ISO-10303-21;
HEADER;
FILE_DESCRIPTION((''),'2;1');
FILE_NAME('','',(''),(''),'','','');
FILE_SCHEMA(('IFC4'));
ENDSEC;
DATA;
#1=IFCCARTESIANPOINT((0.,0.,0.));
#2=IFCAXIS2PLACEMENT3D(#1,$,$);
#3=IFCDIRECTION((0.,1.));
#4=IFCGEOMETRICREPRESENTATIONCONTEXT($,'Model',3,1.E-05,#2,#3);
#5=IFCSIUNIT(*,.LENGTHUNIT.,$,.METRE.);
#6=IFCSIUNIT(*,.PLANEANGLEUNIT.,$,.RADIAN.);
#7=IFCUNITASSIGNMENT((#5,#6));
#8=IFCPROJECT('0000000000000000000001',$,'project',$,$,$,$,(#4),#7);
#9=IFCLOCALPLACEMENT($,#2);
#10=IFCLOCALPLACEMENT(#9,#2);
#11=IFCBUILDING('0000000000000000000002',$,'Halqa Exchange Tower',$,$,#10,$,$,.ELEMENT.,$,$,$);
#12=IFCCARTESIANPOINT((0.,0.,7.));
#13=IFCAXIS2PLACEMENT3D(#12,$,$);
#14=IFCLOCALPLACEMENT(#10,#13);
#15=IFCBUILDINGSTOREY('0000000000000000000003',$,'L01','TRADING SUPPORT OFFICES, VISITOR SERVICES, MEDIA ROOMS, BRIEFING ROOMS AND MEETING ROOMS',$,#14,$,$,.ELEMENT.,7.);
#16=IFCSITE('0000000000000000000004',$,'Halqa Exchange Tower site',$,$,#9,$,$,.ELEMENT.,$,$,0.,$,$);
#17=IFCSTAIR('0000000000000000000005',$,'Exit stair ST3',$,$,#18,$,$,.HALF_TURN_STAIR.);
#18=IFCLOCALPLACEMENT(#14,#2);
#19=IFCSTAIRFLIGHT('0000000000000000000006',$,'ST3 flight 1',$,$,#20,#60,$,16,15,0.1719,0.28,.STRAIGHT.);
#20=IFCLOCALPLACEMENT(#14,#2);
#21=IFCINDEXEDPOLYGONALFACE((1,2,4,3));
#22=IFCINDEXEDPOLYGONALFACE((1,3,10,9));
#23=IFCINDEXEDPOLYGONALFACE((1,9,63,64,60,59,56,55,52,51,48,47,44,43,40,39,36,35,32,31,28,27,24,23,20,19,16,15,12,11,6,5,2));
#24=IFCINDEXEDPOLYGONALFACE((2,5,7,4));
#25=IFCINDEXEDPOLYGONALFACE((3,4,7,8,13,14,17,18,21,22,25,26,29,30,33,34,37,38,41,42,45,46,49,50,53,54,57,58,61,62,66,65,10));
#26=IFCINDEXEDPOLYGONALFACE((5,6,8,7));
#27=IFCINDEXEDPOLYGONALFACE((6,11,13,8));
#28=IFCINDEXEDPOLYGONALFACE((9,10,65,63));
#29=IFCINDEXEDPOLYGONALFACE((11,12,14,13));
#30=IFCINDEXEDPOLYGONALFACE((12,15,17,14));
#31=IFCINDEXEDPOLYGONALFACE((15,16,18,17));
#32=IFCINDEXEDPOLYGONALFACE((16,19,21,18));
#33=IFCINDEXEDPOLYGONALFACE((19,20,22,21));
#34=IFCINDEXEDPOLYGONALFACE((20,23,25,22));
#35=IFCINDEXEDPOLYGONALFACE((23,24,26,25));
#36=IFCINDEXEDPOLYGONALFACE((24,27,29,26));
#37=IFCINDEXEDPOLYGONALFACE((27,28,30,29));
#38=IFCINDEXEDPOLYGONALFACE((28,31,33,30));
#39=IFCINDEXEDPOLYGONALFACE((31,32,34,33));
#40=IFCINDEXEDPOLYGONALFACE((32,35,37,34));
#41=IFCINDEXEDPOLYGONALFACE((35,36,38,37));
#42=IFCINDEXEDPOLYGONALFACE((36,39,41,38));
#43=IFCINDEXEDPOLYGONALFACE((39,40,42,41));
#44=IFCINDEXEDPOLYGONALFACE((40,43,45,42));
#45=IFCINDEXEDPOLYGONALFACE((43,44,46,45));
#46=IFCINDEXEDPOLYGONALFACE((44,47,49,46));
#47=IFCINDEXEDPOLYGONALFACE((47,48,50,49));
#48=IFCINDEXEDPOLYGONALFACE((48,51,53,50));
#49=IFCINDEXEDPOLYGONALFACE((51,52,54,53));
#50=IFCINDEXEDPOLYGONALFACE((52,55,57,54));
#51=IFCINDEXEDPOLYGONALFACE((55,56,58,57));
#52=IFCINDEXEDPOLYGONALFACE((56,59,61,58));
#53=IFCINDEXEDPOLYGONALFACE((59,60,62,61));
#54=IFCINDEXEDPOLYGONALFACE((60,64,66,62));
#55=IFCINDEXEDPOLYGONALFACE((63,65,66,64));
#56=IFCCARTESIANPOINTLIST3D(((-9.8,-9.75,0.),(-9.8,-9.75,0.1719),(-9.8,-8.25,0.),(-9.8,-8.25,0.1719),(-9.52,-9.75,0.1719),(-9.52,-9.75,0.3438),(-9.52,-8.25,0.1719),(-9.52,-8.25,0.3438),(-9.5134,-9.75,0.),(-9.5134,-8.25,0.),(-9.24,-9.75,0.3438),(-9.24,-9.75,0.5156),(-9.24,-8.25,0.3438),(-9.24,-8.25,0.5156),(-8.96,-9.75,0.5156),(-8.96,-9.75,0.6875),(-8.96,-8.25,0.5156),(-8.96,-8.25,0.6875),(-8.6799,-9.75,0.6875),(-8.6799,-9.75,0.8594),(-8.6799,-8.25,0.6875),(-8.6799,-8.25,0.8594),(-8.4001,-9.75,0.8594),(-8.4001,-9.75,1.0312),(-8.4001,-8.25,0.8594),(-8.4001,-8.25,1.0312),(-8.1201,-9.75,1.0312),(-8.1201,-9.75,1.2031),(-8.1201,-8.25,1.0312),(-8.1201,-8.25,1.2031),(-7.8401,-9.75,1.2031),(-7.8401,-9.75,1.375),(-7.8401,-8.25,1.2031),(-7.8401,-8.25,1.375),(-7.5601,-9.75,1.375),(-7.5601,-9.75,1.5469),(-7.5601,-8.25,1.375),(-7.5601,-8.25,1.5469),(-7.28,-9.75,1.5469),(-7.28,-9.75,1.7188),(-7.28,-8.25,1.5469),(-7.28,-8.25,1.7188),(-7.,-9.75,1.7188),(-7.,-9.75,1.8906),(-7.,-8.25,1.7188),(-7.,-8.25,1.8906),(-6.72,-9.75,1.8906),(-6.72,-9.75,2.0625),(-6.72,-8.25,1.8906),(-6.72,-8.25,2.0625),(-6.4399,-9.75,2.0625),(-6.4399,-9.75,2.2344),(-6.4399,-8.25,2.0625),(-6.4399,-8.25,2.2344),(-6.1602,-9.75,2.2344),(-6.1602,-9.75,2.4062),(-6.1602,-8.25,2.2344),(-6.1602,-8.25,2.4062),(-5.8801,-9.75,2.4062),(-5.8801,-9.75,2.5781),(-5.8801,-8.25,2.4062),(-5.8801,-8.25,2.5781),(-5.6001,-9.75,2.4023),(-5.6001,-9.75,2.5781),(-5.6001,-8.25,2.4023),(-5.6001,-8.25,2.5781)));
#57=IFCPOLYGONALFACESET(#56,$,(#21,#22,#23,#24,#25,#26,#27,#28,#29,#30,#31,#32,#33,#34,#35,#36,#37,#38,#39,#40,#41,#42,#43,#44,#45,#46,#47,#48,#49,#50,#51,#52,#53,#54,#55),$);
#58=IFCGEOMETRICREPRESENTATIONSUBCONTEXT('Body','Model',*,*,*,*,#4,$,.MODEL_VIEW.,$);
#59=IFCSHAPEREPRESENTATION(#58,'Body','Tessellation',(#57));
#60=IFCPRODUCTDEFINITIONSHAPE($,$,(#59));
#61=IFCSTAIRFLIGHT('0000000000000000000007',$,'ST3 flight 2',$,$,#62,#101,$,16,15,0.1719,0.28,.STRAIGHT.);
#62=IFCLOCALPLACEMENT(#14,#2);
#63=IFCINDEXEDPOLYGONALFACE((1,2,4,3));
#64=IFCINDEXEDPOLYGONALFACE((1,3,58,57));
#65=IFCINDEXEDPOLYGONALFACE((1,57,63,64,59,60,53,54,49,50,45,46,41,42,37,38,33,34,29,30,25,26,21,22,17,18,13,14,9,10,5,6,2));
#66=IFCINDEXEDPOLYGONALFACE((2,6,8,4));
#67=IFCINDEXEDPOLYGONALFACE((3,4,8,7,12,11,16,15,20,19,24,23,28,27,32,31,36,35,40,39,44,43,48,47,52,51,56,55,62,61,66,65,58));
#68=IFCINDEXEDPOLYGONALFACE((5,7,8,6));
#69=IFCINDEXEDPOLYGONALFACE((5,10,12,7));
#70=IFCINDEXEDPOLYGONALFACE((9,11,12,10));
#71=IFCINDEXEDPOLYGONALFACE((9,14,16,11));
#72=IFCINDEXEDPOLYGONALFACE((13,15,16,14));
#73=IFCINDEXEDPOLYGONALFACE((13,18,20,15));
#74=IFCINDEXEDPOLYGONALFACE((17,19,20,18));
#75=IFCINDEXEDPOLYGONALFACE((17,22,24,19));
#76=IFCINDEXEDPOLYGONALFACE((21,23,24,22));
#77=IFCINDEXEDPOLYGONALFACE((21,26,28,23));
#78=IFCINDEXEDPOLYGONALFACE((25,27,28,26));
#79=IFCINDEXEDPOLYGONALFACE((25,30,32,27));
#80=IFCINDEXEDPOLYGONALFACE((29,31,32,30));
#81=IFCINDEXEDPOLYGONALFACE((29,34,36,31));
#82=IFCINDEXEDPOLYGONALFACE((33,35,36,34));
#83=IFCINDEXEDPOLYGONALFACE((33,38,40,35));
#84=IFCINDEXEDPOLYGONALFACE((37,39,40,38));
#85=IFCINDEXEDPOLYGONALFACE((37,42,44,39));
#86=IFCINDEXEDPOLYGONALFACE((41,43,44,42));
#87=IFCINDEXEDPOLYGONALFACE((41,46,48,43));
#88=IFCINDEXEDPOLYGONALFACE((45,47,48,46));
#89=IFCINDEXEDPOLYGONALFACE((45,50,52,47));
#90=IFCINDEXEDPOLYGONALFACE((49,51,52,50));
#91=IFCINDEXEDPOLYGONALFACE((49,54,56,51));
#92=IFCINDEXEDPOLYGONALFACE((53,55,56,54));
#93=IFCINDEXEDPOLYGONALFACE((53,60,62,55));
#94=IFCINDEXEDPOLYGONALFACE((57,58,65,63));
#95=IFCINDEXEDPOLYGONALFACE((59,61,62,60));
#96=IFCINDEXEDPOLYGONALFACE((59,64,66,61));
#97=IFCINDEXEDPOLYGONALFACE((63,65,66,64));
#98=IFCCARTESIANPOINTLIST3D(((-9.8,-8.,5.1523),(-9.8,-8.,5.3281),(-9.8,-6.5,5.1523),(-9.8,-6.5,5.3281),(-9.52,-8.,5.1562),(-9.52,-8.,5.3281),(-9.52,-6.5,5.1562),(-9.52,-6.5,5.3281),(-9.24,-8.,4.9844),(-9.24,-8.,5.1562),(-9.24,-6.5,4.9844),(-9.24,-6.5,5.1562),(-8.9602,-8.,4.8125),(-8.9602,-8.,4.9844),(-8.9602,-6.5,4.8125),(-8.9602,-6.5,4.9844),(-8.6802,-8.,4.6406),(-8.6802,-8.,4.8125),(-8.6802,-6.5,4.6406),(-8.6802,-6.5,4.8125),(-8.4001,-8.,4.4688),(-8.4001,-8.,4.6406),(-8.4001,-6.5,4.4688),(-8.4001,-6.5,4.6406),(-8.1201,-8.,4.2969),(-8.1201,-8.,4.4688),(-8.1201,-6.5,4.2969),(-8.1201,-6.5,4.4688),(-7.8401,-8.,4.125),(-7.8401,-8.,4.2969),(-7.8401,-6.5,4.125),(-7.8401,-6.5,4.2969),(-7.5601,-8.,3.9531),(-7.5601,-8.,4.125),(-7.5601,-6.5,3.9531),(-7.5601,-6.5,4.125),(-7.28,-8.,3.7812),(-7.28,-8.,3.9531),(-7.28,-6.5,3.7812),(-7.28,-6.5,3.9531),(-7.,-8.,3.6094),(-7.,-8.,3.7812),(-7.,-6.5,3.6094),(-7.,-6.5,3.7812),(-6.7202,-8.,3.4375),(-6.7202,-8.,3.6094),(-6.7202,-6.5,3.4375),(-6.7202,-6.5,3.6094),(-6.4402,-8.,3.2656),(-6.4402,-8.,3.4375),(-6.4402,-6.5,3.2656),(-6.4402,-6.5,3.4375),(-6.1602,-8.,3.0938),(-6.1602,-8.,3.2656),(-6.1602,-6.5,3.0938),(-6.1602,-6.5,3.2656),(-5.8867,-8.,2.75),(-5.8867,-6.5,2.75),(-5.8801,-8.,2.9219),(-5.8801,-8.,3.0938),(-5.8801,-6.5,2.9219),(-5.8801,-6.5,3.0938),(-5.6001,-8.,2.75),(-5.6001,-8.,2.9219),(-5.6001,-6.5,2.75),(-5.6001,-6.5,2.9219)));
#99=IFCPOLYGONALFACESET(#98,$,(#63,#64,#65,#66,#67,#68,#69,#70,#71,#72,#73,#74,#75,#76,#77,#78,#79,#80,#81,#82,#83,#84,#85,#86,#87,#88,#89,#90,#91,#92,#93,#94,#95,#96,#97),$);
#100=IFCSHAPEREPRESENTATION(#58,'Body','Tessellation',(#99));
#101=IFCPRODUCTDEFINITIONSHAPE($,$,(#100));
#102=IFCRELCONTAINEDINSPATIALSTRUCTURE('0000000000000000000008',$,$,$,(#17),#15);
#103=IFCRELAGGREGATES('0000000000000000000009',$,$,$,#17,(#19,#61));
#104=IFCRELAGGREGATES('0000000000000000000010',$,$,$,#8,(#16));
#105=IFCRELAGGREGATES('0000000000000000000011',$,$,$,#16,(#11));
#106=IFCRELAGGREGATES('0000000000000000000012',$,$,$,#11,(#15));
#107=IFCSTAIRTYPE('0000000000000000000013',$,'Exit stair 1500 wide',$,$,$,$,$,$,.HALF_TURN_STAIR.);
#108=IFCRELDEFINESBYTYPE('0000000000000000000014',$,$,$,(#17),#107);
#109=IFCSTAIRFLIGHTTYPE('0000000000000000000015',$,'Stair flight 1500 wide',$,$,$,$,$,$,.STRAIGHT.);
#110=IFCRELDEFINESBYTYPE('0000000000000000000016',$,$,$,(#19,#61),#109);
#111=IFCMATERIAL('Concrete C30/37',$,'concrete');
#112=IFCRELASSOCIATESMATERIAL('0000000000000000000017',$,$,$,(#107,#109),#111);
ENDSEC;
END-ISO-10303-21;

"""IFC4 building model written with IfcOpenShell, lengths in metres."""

from ifc_helpers import new_model, si_unit, direction, frame, origin, place, context, subcontext, project, spatial, polyline, outline, extrude, material, type_object, element, aggregate, save


model = new_model("IFC4")

# Units and contexts
model_context = context("Model", 3, precision=1e-05, world=origin(), true_north=direction((0.0, 1.0)))
body_context = subcontext(model_context, "Body", "Model", "MODEL_VIEW")
ifc_project = project(units=[si_unit("LENGTHUNIT", "METRE"), si_unit("PLANEANGLEUNIT", "RADIAN")], contexts=[model_context])

# Site, building, storey
site_placement = place(None, origin())
site = spatial("IfcSite", under=ifc_project, at=site_placement, Name="Halqa Exchange Tower site", CompositionType="ELEMENT", RefElevation=0.0)
building_placement = place(site_placement, origin())
building = spatial("IfcBuilding", under=site, at=building_placement, Name="Halqa Exchange Tower", CompositionType="ELEMENT")
storey_placement = place(building_placement, frame((0.0, 0.0, 7.0)))
storey = spatial("IfcBuildingStorey", under=building, at=storey_placement, Name="L01", Description="TRADING SUPPORT OFFICES, VISITOR SERVICES, MEDIA ROOMS, BRIEFING ROOMS AND MEETING ROOMS", CompositionType="ELEMENT", Elevation=7.0)

# Stair, stair flights
ifc_material_1 = material(Name="Concrete C30/37", Category="concrete")
stair_type = type_object("IfcStairType", Name="Exit stair 1500 wide", PredefinedType="HALF_TURN_STAIR", material=ifc_material_1)
stair_placement = place(storey_placement, origin())
stair = element("IfcStair", 1, at=stair_placement, inside=storey, type_object=stair_type, Name="Exit stair ST3", PredefinedType="HALF_TURN_STAIR")
stair_flight_type = type_object("IfcStairFlightType", Name="Stair flight 1500 wide", PredefinedType="STRAIGHT", material=ifc_material_1)
stair_flight_1_placement = place(storey_placement, frame((-9.8, -9.0, 0.0), z_axis=(0.0, 0.0, 1.0), x_axis=(1.0, 0.0, 0.0)))
stair_flight_1 = element("IfcStairFlight", 2, at=stair_flight_1_placement, type_object=stair_flight_type, Name="ST3 flight 1", NumberOfRisers=16, NumberOfTreads=15, PredefinedType="STRAIGHT", RiserHeight=0.1719, TreadLength=0.28, context=body_context, shape_type="SweptSolid", body=[
    extrude(outline(polyline([(0.0, 0.0), (0.0, 0.1719), (0.28, 0.1719), (0.28, 0.3438), (0.5601, 0.3438), (0.5601, 0.5156), (0.8401, 0.5156), (0.8401, 0.6875), (1.1201, 0.6875), (1.1201, 0.8594), (1.3999, 0.8594), (1.3999, 1.0312), (1.6799, 1.0312), (1.6799, 1.2031), (1.96, 1.2031), (1.96, 1.375), (2.24, 1.375), (2.24, 1.5469), (2.52, 1.5469), (2.52, 1.7188), (2.8, 1.7188), (2.8, 1.8906), (3.0801, 1.8906), (3.0801, 2.0625), (3.3601, 2.0625), (3.3601, 2.2344), (3.6399, 2.2344), (3.6399, 2.4062), (3.9199, 2.4062), (3.9199, 2.5781), (4.2, 2.5781), (4.2, 2.75), (4.2, 2.4023), (0.2866, 0.0), (0.0, 0.0)])), frame((0.0, 0.75, 0.0), z_axis=(0.0, -1.0, 0.0), x_axis=(1.0, 0.0, 0.0)), (0.0, 0.0, 1.0), 1.5),
])
stair_flight_2_placement = place(storey_placement, frame((-5.6001, -7.25, 2.75), z_axis=(0.0, 0.0, 1.0), x_axis=(-1.0, 0.0, 0.0)))
stair_flight_2 = element("IfcStairFlight", 3, at=stair_flight_2_placement, type_object=stair_flight_type, Name="ST3 flight 2", NumberOfRisers=16, NumberOfTreads=15, PredefinedType="STRAIGHT", RiserHeight=0.1719, TreadLength=0.28, context=body_context, shape_type="SweptSolid", body=[
    extrude(outline(polyline([(0.0, 0.0), (0.0, 0.1719), (0.28, 0.1719), (0.28, 0.3438), (0.5601, 0.3438), (0.5601, 0.5156), (0.8401, 0.5156), (0.8401, 0.6875), (1.1201, 0.6875), (1.1201, 0.8594), (1.3999, 0.8594), (1.3999, 1.0312), (1.6799, 1.0312), (1.6799, 1.2031), (1.96, 1.2031), (1.96, 1.375), (2.24, 1.375), (2.24, 1.5469), (2.52, 1.5469), (2.52, 1.7188), (2.8, 1.7188), (2.8, 1.8906), (3.0801, 1.8906), (3.0801, 2.0625), (3.3601, 2.0625), (3.3601, 2.2344), (3.6399, 2.2344), (3.6399, 2.4062), (3.9199, 2.4062), (3.9199, 2.5781), (4.2, 2.5781), (4.2, 2.75), (4.2, 2.4023), (0.2866, 0.0), (0.0, 0.0)])), frame((0.0, 0.75, 0.0), z_axis=(0.0, -1.0, 0.0), x_axis=(1.0, 0.0, 0.0)), (0.0, 0.0, 1.0), 1.5),
])
aggregate(stair, [stair_flight_1, stair_flight_2])

save(model, "model.ifc")
